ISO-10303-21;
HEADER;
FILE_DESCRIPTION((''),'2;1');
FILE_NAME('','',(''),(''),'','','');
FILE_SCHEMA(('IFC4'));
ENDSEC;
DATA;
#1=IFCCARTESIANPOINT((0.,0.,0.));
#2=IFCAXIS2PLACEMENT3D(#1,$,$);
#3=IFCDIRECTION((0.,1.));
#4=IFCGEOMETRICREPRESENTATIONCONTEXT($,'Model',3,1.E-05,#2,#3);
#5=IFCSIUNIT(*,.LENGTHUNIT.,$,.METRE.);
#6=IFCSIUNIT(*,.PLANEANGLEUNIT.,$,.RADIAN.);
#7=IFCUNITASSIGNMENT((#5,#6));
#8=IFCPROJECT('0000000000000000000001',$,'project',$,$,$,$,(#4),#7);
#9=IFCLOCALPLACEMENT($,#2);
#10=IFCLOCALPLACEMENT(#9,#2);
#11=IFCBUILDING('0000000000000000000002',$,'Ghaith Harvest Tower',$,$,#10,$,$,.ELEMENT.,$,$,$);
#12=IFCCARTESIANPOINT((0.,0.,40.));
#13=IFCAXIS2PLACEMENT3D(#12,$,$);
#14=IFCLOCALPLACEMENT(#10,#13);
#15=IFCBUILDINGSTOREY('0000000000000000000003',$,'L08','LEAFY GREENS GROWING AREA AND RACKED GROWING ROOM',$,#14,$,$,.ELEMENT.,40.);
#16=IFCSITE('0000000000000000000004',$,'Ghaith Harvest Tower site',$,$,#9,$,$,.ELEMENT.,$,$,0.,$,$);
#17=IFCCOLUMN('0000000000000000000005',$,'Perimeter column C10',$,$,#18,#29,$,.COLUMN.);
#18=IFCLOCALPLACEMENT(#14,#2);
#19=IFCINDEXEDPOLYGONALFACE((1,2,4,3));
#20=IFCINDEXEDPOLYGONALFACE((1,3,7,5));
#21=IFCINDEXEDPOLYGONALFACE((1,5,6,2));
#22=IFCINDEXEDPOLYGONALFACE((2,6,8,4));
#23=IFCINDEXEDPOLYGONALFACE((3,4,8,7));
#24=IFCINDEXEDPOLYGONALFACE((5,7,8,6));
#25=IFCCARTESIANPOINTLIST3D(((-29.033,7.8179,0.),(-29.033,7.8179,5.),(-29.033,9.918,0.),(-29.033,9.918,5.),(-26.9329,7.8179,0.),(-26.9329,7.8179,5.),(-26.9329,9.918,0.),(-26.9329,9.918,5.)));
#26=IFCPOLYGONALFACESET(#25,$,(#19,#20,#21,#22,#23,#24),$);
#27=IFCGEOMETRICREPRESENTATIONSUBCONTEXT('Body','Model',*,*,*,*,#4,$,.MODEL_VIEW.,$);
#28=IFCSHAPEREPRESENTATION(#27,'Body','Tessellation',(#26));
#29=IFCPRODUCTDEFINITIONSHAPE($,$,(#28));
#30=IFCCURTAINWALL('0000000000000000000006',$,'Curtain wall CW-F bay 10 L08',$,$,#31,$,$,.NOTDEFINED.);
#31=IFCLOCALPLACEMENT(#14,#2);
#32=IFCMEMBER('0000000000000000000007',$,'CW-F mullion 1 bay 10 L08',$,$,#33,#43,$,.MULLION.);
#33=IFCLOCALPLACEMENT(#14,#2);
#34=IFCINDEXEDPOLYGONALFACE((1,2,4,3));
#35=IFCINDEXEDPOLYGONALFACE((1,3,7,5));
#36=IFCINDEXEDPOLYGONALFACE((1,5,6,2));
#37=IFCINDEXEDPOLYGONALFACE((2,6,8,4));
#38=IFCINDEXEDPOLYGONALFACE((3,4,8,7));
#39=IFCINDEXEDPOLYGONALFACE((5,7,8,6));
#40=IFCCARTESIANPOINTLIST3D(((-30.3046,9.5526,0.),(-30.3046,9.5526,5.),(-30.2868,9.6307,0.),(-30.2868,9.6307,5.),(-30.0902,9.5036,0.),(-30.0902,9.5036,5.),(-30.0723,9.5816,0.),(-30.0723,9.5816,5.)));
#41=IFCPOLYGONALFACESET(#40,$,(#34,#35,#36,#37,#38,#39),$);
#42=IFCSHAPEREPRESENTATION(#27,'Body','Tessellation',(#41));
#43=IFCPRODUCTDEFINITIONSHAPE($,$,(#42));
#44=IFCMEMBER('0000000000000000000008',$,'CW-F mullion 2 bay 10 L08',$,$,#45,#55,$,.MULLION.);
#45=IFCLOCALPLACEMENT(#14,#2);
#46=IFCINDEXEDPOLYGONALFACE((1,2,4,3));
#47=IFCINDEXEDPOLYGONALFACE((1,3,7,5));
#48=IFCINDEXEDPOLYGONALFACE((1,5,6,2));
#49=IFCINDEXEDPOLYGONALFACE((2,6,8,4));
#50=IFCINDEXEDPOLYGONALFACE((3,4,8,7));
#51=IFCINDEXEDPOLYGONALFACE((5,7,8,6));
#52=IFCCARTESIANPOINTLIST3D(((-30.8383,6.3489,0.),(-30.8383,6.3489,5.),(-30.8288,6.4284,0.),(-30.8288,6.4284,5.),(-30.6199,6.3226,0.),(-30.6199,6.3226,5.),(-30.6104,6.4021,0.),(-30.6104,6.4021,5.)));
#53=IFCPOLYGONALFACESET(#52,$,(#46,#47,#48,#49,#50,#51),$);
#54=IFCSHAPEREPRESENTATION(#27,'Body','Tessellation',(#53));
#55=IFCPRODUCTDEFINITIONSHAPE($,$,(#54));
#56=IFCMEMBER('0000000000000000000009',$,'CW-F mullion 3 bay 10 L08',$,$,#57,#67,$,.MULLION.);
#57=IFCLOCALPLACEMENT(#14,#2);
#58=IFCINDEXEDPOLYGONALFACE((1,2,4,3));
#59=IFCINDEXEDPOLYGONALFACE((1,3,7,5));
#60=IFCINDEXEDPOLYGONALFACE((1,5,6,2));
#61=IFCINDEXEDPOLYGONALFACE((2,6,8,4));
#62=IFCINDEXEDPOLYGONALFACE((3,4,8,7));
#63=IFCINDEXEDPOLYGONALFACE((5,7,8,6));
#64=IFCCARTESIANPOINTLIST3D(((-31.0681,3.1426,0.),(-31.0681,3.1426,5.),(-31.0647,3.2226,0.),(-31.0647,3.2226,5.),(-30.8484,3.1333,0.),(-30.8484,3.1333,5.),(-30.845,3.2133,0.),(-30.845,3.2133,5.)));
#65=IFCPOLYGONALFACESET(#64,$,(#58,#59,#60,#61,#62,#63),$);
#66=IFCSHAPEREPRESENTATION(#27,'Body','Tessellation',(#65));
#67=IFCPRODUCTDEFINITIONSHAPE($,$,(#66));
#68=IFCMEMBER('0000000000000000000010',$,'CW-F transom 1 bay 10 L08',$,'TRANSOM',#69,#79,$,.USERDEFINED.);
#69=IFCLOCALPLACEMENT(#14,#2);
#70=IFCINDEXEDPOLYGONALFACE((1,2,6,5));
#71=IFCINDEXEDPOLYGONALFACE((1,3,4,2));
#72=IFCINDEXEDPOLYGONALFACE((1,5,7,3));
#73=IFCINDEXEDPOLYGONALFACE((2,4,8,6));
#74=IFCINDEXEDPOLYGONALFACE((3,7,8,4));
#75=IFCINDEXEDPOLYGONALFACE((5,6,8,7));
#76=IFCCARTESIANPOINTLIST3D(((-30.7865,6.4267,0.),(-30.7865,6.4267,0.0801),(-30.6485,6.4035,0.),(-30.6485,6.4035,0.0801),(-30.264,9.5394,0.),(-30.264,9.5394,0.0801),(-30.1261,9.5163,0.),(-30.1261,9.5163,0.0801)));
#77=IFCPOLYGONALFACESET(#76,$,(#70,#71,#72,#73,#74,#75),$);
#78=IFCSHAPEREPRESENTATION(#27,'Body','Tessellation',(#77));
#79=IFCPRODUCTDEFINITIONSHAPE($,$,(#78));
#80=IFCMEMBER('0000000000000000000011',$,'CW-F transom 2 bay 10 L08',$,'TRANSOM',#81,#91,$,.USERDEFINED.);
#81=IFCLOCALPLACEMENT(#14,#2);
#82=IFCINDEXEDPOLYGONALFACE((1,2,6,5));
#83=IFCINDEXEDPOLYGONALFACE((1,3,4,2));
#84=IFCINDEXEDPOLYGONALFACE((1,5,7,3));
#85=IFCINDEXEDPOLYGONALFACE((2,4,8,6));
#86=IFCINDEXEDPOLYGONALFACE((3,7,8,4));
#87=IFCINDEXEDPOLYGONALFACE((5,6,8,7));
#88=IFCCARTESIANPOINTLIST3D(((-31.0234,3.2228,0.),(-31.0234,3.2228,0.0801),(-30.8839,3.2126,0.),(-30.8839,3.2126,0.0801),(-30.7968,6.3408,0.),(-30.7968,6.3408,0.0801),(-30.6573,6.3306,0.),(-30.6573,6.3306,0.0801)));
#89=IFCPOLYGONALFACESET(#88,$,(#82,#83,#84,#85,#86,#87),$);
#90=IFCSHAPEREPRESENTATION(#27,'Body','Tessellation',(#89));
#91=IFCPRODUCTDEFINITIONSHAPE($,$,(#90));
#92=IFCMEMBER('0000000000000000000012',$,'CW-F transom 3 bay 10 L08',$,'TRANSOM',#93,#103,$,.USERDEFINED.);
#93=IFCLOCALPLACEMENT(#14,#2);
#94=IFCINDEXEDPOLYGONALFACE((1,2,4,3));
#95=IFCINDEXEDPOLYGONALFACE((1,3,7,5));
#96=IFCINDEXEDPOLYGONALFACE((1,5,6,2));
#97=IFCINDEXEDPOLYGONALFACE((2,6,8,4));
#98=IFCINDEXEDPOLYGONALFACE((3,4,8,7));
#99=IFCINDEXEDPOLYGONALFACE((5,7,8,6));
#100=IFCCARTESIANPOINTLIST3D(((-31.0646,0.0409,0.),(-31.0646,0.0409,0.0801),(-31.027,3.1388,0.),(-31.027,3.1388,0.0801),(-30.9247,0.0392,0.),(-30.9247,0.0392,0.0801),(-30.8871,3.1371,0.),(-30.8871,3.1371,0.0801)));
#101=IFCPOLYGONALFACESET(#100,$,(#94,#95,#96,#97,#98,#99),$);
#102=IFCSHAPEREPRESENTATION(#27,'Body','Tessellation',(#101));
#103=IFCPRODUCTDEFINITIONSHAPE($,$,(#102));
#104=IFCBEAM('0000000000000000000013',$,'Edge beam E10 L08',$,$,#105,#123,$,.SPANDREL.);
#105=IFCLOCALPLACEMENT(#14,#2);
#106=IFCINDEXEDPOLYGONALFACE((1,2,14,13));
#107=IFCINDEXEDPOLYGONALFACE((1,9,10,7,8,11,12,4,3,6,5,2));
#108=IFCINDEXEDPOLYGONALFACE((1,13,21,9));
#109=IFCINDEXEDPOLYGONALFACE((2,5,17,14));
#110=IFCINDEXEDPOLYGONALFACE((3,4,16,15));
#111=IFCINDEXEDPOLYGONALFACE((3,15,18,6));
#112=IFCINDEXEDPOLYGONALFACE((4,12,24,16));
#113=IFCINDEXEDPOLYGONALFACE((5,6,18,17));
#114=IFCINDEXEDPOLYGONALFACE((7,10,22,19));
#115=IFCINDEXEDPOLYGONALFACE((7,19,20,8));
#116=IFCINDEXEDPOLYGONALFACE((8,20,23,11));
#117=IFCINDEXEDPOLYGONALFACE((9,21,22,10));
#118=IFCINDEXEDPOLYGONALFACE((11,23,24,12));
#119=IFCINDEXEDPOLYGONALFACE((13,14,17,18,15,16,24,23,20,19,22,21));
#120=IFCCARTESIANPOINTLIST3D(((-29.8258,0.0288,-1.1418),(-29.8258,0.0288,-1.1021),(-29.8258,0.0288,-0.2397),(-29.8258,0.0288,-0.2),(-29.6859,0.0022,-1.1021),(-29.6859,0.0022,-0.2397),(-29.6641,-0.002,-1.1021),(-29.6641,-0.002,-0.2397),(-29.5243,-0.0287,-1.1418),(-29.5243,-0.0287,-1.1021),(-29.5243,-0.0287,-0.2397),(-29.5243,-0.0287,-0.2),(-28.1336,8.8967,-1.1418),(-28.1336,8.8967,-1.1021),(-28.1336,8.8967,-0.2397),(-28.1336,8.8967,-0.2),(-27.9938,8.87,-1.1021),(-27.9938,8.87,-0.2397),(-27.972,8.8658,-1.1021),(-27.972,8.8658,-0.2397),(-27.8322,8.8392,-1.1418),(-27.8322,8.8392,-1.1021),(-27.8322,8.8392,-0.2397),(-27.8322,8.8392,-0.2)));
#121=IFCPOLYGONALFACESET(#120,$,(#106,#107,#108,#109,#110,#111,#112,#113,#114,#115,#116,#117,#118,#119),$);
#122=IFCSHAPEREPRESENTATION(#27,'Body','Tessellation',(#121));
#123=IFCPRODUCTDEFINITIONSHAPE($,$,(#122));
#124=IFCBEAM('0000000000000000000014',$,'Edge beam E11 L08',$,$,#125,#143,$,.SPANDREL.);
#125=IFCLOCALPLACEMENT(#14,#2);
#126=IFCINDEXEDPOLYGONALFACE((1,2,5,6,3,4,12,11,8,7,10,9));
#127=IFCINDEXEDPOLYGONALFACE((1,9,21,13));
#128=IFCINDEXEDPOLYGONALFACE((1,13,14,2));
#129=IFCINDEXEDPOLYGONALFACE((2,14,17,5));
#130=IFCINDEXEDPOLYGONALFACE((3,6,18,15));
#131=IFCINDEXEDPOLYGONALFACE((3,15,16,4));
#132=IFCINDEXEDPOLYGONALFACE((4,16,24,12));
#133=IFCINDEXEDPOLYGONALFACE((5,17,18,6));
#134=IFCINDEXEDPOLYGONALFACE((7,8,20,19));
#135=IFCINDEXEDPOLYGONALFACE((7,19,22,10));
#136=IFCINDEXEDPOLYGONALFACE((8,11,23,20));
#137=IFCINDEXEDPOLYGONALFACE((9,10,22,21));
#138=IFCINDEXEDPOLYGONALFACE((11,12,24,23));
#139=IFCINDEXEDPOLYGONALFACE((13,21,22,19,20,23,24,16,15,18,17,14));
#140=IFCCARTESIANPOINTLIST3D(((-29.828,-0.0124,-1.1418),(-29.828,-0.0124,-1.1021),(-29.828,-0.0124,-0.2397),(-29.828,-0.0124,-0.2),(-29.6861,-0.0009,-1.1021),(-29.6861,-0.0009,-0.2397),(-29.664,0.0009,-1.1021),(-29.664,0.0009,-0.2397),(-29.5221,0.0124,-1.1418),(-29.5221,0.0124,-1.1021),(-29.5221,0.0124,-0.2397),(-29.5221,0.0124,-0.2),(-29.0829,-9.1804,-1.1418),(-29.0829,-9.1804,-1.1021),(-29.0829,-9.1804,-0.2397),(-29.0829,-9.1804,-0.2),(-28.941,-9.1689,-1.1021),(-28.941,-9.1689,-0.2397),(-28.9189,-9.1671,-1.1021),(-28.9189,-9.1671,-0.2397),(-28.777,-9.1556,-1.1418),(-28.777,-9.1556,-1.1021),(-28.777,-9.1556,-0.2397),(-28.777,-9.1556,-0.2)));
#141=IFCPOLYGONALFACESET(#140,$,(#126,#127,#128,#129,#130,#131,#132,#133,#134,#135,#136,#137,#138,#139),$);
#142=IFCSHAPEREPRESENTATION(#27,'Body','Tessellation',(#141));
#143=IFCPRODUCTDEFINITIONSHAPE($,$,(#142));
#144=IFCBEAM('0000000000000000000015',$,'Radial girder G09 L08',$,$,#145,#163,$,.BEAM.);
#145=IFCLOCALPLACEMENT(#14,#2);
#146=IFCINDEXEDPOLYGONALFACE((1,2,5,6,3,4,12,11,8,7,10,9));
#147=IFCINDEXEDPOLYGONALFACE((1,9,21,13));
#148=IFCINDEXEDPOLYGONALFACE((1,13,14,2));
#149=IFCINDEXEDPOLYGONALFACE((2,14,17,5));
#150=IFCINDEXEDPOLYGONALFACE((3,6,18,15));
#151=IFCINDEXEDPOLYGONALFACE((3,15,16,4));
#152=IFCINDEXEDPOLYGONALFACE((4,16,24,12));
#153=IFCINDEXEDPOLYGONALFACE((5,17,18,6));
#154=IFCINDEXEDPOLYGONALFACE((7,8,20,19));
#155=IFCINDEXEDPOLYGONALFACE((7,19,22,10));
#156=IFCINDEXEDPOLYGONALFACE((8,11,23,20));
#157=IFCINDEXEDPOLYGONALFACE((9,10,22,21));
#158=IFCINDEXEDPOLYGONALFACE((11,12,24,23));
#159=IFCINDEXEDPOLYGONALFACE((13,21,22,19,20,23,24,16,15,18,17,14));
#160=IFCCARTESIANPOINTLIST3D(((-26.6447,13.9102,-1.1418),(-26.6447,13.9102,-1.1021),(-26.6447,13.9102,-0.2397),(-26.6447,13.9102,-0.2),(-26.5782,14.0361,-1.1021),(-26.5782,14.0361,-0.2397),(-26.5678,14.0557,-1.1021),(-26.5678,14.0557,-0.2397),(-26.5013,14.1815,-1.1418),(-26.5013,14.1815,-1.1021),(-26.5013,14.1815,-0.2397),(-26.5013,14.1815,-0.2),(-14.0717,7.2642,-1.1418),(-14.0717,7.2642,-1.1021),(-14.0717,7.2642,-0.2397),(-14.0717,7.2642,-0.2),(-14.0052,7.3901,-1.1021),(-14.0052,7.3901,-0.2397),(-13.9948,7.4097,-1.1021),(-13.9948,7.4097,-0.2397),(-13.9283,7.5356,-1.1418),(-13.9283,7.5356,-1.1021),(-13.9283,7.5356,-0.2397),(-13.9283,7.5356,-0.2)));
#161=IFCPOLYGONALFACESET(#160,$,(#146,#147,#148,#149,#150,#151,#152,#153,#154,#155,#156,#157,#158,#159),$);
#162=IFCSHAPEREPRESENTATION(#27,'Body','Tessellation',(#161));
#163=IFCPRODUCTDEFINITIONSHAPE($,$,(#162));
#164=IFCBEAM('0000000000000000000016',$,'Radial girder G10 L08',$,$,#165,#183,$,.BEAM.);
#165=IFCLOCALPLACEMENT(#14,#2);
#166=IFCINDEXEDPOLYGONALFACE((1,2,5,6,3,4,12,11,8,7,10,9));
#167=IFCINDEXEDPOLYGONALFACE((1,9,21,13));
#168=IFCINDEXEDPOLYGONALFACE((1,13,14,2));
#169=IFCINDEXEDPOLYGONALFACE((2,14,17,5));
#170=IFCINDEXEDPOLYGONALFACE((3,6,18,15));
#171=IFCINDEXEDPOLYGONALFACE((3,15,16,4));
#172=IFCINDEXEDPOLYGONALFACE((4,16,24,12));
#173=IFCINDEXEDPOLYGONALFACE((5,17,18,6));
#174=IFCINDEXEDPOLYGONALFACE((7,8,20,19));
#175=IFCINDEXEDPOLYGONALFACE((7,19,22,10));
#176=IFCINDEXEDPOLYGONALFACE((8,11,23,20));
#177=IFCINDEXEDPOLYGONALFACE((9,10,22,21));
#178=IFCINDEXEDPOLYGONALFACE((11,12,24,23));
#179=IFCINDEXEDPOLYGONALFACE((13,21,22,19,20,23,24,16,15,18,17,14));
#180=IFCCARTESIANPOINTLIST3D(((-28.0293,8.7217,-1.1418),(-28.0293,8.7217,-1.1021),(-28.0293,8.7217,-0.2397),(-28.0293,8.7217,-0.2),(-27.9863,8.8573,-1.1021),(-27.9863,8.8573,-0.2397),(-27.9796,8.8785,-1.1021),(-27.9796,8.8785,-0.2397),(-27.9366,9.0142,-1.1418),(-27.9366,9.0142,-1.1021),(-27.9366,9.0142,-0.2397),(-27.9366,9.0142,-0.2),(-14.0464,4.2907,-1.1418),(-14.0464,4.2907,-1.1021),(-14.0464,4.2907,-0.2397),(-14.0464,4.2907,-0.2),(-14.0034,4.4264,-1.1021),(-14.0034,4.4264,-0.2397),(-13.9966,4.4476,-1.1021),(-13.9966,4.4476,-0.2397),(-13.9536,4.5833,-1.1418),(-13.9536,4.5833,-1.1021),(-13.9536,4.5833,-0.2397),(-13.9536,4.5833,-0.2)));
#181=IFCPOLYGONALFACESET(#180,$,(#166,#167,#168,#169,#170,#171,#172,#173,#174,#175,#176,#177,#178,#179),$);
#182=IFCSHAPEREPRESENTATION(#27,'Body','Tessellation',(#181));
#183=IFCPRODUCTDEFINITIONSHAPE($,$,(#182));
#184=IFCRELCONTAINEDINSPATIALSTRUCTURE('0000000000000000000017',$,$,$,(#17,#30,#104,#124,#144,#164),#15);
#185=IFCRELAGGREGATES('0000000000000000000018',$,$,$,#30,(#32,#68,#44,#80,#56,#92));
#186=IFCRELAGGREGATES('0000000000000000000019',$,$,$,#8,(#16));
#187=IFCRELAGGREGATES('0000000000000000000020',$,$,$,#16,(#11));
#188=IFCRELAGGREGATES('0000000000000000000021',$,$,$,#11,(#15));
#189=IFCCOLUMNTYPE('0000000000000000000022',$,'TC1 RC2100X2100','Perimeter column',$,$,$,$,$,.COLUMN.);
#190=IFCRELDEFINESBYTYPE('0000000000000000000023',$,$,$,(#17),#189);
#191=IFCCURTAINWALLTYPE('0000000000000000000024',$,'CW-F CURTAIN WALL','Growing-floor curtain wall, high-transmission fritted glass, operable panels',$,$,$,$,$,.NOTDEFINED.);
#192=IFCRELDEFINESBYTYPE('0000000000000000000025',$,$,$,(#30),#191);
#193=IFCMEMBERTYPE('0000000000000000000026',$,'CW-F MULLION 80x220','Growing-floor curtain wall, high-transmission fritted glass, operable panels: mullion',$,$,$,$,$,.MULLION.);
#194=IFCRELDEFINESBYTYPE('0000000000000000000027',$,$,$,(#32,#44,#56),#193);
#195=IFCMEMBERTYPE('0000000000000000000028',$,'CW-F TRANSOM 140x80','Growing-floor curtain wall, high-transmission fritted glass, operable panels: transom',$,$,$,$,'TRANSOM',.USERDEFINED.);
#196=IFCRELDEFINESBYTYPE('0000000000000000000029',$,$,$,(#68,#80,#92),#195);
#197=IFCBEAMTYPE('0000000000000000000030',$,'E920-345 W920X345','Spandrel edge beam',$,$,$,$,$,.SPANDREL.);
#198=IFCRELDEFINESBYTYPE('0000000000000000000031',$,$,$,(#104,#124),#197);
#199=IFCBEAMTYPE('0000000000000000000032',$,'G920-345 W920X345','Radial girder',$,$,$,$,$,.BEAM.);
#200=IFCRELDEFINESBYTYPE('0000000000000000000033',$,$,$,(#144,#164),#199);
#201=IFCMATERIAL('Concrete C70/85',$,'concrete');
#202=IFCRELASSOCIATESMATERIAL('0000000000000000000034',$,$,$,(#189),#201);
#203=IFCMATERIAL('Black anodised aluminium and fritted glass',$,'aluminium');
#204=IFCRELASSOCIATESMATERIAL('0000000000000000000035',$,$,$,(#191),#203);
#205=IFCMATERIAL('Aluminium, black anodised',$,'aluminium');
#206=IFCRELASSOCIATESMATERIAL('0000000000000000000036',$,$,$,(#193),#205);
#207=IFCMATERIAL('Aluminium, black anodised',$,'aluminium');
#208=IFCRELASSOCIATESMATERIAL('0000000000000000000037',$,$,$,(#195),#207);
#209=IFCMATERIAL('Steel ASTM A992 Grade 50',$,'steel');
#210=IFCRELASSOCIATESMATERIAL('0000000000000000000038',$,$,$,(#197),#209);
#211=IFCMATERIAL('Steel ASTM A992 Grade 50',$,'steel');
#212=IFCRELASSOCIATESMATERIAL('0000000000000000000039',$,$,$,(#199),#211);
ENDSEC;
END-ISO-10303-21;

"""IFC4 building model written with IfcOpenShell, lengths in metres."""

from ifc_helpers import new_model, si_unit, direction, frame, origin, origin_2d, place, context, subcontext, project, spatial, rectangle, i_section, extrude, material, material_profile, profile_set, type_object, element, aggregate, save


model = new_model("IFC4")

# Units and contexts
model_context = context("Model", 3, precision=1e-05, world=origin(), true_north=direction((0.0, 1.0)))
body_context = subcontext(model_context, "Body", "Model", "MODEL_VIEW")
ifc_project = project(units=[si_unit("LENGTHUNIT", "METRE"), si_unit("PLANEANGLEUNIT", "RADIAN")], contexts=[model_context])

# Site, building, storey
site_placement = place(None, origin())
site = spatial("IfcSite", under=ifc_project, at=site_placement, Name="Ghaith Harvest Tower site", CompositionType="ELEMENT", RefElevation=0.0)
building_placement = place(site_placement, origin())
building = spatial("IfcBuilding", under=site, at=building_placement, Name="Ghaith Harvest Tower", CompositionType="ELEMENT")
storey_placement = place(building_placement, frame((0.0, 0.0, 40.0)))
storey = spatial("IfcBuildingStorey", under=building, at=storey_placement, Name="L08", Description="LEAFY GREENS GROWING AREA AND RACKED GROWING ROOM", CompositionType="ELEMENT", Elevation=40.0)

# Column
ifc_material_1 = material(Name="Concrete C70/85", Category="concrete")
ifc_material_profile_1 = material_profile(ifc_material_1, rectangle(XDim=2.1001, YDim=2.1001, at=origin_2d()), Name="RC2100X2100")
ifc_profile_set_1 = profile_set([ifc_material_profile_1], Name="Concrete C70/85")
column_type = type_object("IfcColumnType", Name="TC1 RC2100X2100", Description="Perimeter column", PredefinedType="COLUMN", material=ifc_profile_set_1)
column_placement = place(storey_placement, frame((-27.9829, 8.8679, 0.0), z_axis=(0.0, 0.0, 1.0), x_axis=(1.0, 0.0, 0.0)))
element("IfcColumn", 1, at=column_placement, inside=storey, type_object=column_type, Name="Perimeter column C10", PredefinedType="COLUMN", context=body_context, shape_type="SweptSolid", body=[
    extrude(rectangle(XDim=2.1001, YDim=2.1001, at=origin_2d()), origin(), (0.0, 0.0, 1.0), 5.0),
])

# Curtain wall, members
ifc_material_2 = material(Name="Black anodised aluminium and fritted glass", Category="aluminium")
curtain_wall_type = type_object("IfcCurtainWallType", Name="CW-F CURTAIN WALL", Description="Growing-floor curtain wall, high-transmission fritted glass, operable panels", PredefinedType="NOTDEFINED", material=ifc_material_2)
curtain_wall_1_placement = place(storey_placement, origin())
curtain_wall_1 = element("IfcCurtainWall", 2, at=curtain_wall_1_placement, inside=storey, type_object=curtain_wall_type, Name="Curtain wall CW-F bay 10 L08", PredefinedType="NOTDEFINED")
ifc_material_3 = material(Name="Aluminium, black anodised", Category="aluminium")
ifc_material_profile_2 = material_profile(ifc_material_3, rectangle(XDim=0.0801, YDim=0.22, at=origin_2d()), Name="CW-F MULLION 80x220")
ifc_profile_set_2 = profile_set([ifc_material_profile_2], Name="Aluminium, black anodised")
member_type_1 = type_object("IfcMemberType", Name="CW-F MULLION 80x220", Description="Growing-floor curtain wall, high-transmission fritted glass, operable panels: mullion", PredefinedType="MULLION", material=ifc_profile_set_2)
member_1_placement = place(storey_placement, frame((-30.1885, 9.5671, 0.0), z_axis=(0.0, 0.0, 1.0), x_axis=(-0.222967, -0.974826, 0.0)))
member_1 = element("IfcMember", 3, at=member_1_placement, type_object=member_type_1, Name="CW-F mullion 1 bay 10 L08", PredefinedType="MULLION", context=body_context, shape_type="SweptSolid", body=[
    extrude(rectangle(XDim=0.0801, YDim=0.22, at=origin_2d()), origin(), (0.0, 0.0, 1.0), 5.0),
])
member_2_placement = place(storey_placement, frame((-30.7244, 6.3755, 0.0), z_axis=(0.0, 0.0, 1.0), x_axis=(-0.119353, -0.992852, 0.0)))
member_2 = element("IfcMember", 4, at=member_2_placement, type_object=member_type_1, Name="CW-F mullion 2 bay 10 L08", PredefinedType="MULLION", context=body_context, shape_type="SweptSolid", body=[
    extrude(rectangle(XDim=0.0801, YDim=0.22, at=origin_2d()), origin(), (0.0, 0.0, 1.0), 5.0),
])
member_3_placement = place(storey_placement, frame((-30.9565, 3.178, 0.0), z_axis=(0.0, 0.0, 1.0), x_axis=(-0.042427, -0.9991, 0.0)))
member_3 = element("IfcMember", 5, at=member_3_placement, type_object=member_type_1, Name="CW-F mullion 3 bay 10 L08", PredefinedType="MULLION", context=body_context, shape_type="SweptSolid", body=[
    extrude(rectangle(XDim=0.0801, YDim=0.22, at=origin_2d()), origin(), (0.0, 0.0, 1.0), 5.0),
])
ifc_material_4 = material(Name="Aluminium, black anodised", Category="aluminium")
ifc_material_profile_3 = material_profile(ifc_material_4, rectangle(XDim=0.1399, YDim=0.0801, at=origin_2d()), Name="CW-F TRANSOM 140x80")
ifc_profile_set_3 = profile_set([ifc_material_profile_3], Name="Aluminium, black anodised")
member_type_2 = type_object("IfcMemberType", Name="CW-F TRANSOM 140x80", Description="Growing-floor curtain wall, high-transmission fritted glass, operable panels: transom", ElementType="TRANSOM", PredefinedType="USERDEFINED", material=ifc_profile_set_3)
member_4_placement = place(storey_placement, frame((-30.1951, 9.5278, 0.04), z_axis=(-0.165528, -0.986205, 0.0), x_axis=(0.986205, -0.165528, 0.0)))
member_4 = element("IfcMember", 6, at=member_4_placement, type_object=member_type_2, Name="CW-F transom 1 bay 10 L08", ObjectType="TRANSOM", PredefinedType="USERDEFINED", context=body_context, shape_type="SweptSolid", body=[
    extrude(rectangle(XDim=0.1399, YDim=0.0801, at=origin_2d()), origin(), (0.0, 0.0, 1.0), 3.1562),
])
member_5_placement = place(storey_placement, frame((-30.7271, 6.3357, 0.04), z_axis=(-0.072474, -0.99737, 0.0), x_axis=(0.99737, -0.072474, 0.0)))
member_5 = element("IfcMember", 7, at=member_5_placement, type_object=member_type_2, Name="CW-F transom 2 bay 10 L08", ObjectType="TRANSOM", PredefinedType="USERDEFINED", context=body_context, shape_type="SweptSolid", body=[
    extrude(rectangle(XDim=0.1399, YDim=0.0801, at=origin_2d()), origin(), (0.0, 0.0, 1.0), 3.1262),
])
member_6_placement = place(storey_placement, frame((-30.957, 3.1379, 0.04), z_axis=(-0.012136, -0.999926, 0.0), x_axis=(0.999926, -0.012136, 0.0)))
member_6 = element("IfcMember", 8, at=member_6_placement, type_object=member_type_2, Name="CW-F transom 3 bay 10 L08", ObjectType="TRANSOM", PredefinedType="USERDEFINED", context=body_context, shape_type="SweptSolid", body=[
    extrude(rectangle(XDim=0.1399, YDim=0.0801, at=origin_2d()), origin(), (0.0, 0.0, 1.0), 3.0981),
])

# Beams
ifc_material_5 = material(Name="Steel ASTM A992 Grade 50", Category="steel")
ifc_material_profile_4 = material_profile(ifc_material_5, i_section(OverallWidth=0.3069, OverallDepth=0.9419, WebThickness=0.0222, FlangeThickness=0.0398, at=origin_2d()), Name="W920X345")
ifc_profile_set_4 = profile_set([ifc_material_profile_4], Name="Steel ASTM A992 Grade 50")
beam_type_1 = type_object("IfcBeamType", Name="E920-345 W920X345", Description="Spandrel edge beam", PredefinedType="SPANDREL", material=ifc_profile_set_4)
beam_1_placement = place(storey_placement, frame((-27.9829, 8.8679, -0.6709), z_axis=(-0.187434, -0.982277, 0.0), x_axis=(0.982277, -0.187434, 0.0)))
element("IfcBeam", 9, at=beam_1_placement, inside=storey, type_object=beam_type_1, Name="Edge beam E10 L08", PredefinedType="SPANDREL", context=body_context, shape_type="SweptSolid", body=[
    extrude(i_section(OverallWidth=0.3069, OverallDepth=0.9419, WebThickness=0.0222, FlangeThickness=0.0398, at=origin_2d()), origin(), (0.0, 0.0, 1.0), 9.0278),
])
beam_2_placement = place(storey_placement, frame((-29.675, 0.0, -0.6709), z_axis=(0.081007, -0.996714, 0.0), x_axis=(0.996714, 0.081007, 0.0)))
element("IfcBeam", 10, at=beam_2_placement, inside=storey, type_object=beam_type_1, Name="Edge beam E11 L08", PredefinedType="SPANDREL", context=body_context, shape_type="SweptSolid", body=[
    extrude(i_section(OverallWidth=0.3069, OverallDepth=0.9419, WebThickness=0.0222, FlangeThickness=0.0398, at=origin_2d()), origin(), (0.0, 0.0, 1.0), 9.1982),
])
ifc_material_6 = material(Name="Steel ASTM A992 Grade 50", Category="steel")
ifc_material_profile_5 = material_profile(ifc_material_6, i_section(OverallWidth=0.3069, OverallDepth=0.9419, WebThickness=0.0222, FlangeThickness=0.0398, at=origin_2d()), Name="W920X345")
ifc_profile_set_5 = profile_set([ifc_material_profile_5], Name="Steel ASTM A992 Grade 50")
beam_type_2 = type_object("IfcBeamType", Name="G920-345 W920X345", Description="Radial girder", PredefinedType="BEAM", material=ifc_profile_set_5)
beam_3_placement = place(storey_placement, frame((-14.0, 7.3999, -0.6709), z_axis=(-0.884087, 0.467322, 0.0), x_axis=(-0.467322, -0.884087, 0.0)))
element("IfcBeam", 11, at=beam_3_placement, inside=storey, type_object=beam_type_2, Name="Radial girder G09 L08", PredefinedType="BEAM", context=body_context, shape_type="SweptSolid", body=[
    extrude(i_section(OverallWidth=0.3069, OverallDepth=0.9419, WebThickness=0.0222, FlangeThickness=0.0398, at=origin_2d()), origin(), (0.0, 0.0, 1.0), 14.2214),
])
beam_4_placement = place(storey_placement, frame((-14.0, 4.437, -0.6709), z_axis=(-0.953284, 0.302077, 0.0), x_axis=(-0.302077, -0.953284, 0.0)))
element("IfcBeam", 12, at=beam_4_placement, inside=storey, type_object=beam_type_2, Name="Radial girder G10 L08", PredefinedType="BEAM", context=body_context, shape_type="SweptSolid", body=[
    extrude(i_section(OverallWidth=0.3069, OverallDepth=0.9419, WebThickness=0.0222, FlangeThickness=0.0398, at=origin_2d()), origin(), (0.0, 0.0, 1.0), 14.6682),
])

aggregate(curtain_wall_1, [member_1, member_4, member_2, member_5, member_3, member_6])

save(model, "model.ifc")
